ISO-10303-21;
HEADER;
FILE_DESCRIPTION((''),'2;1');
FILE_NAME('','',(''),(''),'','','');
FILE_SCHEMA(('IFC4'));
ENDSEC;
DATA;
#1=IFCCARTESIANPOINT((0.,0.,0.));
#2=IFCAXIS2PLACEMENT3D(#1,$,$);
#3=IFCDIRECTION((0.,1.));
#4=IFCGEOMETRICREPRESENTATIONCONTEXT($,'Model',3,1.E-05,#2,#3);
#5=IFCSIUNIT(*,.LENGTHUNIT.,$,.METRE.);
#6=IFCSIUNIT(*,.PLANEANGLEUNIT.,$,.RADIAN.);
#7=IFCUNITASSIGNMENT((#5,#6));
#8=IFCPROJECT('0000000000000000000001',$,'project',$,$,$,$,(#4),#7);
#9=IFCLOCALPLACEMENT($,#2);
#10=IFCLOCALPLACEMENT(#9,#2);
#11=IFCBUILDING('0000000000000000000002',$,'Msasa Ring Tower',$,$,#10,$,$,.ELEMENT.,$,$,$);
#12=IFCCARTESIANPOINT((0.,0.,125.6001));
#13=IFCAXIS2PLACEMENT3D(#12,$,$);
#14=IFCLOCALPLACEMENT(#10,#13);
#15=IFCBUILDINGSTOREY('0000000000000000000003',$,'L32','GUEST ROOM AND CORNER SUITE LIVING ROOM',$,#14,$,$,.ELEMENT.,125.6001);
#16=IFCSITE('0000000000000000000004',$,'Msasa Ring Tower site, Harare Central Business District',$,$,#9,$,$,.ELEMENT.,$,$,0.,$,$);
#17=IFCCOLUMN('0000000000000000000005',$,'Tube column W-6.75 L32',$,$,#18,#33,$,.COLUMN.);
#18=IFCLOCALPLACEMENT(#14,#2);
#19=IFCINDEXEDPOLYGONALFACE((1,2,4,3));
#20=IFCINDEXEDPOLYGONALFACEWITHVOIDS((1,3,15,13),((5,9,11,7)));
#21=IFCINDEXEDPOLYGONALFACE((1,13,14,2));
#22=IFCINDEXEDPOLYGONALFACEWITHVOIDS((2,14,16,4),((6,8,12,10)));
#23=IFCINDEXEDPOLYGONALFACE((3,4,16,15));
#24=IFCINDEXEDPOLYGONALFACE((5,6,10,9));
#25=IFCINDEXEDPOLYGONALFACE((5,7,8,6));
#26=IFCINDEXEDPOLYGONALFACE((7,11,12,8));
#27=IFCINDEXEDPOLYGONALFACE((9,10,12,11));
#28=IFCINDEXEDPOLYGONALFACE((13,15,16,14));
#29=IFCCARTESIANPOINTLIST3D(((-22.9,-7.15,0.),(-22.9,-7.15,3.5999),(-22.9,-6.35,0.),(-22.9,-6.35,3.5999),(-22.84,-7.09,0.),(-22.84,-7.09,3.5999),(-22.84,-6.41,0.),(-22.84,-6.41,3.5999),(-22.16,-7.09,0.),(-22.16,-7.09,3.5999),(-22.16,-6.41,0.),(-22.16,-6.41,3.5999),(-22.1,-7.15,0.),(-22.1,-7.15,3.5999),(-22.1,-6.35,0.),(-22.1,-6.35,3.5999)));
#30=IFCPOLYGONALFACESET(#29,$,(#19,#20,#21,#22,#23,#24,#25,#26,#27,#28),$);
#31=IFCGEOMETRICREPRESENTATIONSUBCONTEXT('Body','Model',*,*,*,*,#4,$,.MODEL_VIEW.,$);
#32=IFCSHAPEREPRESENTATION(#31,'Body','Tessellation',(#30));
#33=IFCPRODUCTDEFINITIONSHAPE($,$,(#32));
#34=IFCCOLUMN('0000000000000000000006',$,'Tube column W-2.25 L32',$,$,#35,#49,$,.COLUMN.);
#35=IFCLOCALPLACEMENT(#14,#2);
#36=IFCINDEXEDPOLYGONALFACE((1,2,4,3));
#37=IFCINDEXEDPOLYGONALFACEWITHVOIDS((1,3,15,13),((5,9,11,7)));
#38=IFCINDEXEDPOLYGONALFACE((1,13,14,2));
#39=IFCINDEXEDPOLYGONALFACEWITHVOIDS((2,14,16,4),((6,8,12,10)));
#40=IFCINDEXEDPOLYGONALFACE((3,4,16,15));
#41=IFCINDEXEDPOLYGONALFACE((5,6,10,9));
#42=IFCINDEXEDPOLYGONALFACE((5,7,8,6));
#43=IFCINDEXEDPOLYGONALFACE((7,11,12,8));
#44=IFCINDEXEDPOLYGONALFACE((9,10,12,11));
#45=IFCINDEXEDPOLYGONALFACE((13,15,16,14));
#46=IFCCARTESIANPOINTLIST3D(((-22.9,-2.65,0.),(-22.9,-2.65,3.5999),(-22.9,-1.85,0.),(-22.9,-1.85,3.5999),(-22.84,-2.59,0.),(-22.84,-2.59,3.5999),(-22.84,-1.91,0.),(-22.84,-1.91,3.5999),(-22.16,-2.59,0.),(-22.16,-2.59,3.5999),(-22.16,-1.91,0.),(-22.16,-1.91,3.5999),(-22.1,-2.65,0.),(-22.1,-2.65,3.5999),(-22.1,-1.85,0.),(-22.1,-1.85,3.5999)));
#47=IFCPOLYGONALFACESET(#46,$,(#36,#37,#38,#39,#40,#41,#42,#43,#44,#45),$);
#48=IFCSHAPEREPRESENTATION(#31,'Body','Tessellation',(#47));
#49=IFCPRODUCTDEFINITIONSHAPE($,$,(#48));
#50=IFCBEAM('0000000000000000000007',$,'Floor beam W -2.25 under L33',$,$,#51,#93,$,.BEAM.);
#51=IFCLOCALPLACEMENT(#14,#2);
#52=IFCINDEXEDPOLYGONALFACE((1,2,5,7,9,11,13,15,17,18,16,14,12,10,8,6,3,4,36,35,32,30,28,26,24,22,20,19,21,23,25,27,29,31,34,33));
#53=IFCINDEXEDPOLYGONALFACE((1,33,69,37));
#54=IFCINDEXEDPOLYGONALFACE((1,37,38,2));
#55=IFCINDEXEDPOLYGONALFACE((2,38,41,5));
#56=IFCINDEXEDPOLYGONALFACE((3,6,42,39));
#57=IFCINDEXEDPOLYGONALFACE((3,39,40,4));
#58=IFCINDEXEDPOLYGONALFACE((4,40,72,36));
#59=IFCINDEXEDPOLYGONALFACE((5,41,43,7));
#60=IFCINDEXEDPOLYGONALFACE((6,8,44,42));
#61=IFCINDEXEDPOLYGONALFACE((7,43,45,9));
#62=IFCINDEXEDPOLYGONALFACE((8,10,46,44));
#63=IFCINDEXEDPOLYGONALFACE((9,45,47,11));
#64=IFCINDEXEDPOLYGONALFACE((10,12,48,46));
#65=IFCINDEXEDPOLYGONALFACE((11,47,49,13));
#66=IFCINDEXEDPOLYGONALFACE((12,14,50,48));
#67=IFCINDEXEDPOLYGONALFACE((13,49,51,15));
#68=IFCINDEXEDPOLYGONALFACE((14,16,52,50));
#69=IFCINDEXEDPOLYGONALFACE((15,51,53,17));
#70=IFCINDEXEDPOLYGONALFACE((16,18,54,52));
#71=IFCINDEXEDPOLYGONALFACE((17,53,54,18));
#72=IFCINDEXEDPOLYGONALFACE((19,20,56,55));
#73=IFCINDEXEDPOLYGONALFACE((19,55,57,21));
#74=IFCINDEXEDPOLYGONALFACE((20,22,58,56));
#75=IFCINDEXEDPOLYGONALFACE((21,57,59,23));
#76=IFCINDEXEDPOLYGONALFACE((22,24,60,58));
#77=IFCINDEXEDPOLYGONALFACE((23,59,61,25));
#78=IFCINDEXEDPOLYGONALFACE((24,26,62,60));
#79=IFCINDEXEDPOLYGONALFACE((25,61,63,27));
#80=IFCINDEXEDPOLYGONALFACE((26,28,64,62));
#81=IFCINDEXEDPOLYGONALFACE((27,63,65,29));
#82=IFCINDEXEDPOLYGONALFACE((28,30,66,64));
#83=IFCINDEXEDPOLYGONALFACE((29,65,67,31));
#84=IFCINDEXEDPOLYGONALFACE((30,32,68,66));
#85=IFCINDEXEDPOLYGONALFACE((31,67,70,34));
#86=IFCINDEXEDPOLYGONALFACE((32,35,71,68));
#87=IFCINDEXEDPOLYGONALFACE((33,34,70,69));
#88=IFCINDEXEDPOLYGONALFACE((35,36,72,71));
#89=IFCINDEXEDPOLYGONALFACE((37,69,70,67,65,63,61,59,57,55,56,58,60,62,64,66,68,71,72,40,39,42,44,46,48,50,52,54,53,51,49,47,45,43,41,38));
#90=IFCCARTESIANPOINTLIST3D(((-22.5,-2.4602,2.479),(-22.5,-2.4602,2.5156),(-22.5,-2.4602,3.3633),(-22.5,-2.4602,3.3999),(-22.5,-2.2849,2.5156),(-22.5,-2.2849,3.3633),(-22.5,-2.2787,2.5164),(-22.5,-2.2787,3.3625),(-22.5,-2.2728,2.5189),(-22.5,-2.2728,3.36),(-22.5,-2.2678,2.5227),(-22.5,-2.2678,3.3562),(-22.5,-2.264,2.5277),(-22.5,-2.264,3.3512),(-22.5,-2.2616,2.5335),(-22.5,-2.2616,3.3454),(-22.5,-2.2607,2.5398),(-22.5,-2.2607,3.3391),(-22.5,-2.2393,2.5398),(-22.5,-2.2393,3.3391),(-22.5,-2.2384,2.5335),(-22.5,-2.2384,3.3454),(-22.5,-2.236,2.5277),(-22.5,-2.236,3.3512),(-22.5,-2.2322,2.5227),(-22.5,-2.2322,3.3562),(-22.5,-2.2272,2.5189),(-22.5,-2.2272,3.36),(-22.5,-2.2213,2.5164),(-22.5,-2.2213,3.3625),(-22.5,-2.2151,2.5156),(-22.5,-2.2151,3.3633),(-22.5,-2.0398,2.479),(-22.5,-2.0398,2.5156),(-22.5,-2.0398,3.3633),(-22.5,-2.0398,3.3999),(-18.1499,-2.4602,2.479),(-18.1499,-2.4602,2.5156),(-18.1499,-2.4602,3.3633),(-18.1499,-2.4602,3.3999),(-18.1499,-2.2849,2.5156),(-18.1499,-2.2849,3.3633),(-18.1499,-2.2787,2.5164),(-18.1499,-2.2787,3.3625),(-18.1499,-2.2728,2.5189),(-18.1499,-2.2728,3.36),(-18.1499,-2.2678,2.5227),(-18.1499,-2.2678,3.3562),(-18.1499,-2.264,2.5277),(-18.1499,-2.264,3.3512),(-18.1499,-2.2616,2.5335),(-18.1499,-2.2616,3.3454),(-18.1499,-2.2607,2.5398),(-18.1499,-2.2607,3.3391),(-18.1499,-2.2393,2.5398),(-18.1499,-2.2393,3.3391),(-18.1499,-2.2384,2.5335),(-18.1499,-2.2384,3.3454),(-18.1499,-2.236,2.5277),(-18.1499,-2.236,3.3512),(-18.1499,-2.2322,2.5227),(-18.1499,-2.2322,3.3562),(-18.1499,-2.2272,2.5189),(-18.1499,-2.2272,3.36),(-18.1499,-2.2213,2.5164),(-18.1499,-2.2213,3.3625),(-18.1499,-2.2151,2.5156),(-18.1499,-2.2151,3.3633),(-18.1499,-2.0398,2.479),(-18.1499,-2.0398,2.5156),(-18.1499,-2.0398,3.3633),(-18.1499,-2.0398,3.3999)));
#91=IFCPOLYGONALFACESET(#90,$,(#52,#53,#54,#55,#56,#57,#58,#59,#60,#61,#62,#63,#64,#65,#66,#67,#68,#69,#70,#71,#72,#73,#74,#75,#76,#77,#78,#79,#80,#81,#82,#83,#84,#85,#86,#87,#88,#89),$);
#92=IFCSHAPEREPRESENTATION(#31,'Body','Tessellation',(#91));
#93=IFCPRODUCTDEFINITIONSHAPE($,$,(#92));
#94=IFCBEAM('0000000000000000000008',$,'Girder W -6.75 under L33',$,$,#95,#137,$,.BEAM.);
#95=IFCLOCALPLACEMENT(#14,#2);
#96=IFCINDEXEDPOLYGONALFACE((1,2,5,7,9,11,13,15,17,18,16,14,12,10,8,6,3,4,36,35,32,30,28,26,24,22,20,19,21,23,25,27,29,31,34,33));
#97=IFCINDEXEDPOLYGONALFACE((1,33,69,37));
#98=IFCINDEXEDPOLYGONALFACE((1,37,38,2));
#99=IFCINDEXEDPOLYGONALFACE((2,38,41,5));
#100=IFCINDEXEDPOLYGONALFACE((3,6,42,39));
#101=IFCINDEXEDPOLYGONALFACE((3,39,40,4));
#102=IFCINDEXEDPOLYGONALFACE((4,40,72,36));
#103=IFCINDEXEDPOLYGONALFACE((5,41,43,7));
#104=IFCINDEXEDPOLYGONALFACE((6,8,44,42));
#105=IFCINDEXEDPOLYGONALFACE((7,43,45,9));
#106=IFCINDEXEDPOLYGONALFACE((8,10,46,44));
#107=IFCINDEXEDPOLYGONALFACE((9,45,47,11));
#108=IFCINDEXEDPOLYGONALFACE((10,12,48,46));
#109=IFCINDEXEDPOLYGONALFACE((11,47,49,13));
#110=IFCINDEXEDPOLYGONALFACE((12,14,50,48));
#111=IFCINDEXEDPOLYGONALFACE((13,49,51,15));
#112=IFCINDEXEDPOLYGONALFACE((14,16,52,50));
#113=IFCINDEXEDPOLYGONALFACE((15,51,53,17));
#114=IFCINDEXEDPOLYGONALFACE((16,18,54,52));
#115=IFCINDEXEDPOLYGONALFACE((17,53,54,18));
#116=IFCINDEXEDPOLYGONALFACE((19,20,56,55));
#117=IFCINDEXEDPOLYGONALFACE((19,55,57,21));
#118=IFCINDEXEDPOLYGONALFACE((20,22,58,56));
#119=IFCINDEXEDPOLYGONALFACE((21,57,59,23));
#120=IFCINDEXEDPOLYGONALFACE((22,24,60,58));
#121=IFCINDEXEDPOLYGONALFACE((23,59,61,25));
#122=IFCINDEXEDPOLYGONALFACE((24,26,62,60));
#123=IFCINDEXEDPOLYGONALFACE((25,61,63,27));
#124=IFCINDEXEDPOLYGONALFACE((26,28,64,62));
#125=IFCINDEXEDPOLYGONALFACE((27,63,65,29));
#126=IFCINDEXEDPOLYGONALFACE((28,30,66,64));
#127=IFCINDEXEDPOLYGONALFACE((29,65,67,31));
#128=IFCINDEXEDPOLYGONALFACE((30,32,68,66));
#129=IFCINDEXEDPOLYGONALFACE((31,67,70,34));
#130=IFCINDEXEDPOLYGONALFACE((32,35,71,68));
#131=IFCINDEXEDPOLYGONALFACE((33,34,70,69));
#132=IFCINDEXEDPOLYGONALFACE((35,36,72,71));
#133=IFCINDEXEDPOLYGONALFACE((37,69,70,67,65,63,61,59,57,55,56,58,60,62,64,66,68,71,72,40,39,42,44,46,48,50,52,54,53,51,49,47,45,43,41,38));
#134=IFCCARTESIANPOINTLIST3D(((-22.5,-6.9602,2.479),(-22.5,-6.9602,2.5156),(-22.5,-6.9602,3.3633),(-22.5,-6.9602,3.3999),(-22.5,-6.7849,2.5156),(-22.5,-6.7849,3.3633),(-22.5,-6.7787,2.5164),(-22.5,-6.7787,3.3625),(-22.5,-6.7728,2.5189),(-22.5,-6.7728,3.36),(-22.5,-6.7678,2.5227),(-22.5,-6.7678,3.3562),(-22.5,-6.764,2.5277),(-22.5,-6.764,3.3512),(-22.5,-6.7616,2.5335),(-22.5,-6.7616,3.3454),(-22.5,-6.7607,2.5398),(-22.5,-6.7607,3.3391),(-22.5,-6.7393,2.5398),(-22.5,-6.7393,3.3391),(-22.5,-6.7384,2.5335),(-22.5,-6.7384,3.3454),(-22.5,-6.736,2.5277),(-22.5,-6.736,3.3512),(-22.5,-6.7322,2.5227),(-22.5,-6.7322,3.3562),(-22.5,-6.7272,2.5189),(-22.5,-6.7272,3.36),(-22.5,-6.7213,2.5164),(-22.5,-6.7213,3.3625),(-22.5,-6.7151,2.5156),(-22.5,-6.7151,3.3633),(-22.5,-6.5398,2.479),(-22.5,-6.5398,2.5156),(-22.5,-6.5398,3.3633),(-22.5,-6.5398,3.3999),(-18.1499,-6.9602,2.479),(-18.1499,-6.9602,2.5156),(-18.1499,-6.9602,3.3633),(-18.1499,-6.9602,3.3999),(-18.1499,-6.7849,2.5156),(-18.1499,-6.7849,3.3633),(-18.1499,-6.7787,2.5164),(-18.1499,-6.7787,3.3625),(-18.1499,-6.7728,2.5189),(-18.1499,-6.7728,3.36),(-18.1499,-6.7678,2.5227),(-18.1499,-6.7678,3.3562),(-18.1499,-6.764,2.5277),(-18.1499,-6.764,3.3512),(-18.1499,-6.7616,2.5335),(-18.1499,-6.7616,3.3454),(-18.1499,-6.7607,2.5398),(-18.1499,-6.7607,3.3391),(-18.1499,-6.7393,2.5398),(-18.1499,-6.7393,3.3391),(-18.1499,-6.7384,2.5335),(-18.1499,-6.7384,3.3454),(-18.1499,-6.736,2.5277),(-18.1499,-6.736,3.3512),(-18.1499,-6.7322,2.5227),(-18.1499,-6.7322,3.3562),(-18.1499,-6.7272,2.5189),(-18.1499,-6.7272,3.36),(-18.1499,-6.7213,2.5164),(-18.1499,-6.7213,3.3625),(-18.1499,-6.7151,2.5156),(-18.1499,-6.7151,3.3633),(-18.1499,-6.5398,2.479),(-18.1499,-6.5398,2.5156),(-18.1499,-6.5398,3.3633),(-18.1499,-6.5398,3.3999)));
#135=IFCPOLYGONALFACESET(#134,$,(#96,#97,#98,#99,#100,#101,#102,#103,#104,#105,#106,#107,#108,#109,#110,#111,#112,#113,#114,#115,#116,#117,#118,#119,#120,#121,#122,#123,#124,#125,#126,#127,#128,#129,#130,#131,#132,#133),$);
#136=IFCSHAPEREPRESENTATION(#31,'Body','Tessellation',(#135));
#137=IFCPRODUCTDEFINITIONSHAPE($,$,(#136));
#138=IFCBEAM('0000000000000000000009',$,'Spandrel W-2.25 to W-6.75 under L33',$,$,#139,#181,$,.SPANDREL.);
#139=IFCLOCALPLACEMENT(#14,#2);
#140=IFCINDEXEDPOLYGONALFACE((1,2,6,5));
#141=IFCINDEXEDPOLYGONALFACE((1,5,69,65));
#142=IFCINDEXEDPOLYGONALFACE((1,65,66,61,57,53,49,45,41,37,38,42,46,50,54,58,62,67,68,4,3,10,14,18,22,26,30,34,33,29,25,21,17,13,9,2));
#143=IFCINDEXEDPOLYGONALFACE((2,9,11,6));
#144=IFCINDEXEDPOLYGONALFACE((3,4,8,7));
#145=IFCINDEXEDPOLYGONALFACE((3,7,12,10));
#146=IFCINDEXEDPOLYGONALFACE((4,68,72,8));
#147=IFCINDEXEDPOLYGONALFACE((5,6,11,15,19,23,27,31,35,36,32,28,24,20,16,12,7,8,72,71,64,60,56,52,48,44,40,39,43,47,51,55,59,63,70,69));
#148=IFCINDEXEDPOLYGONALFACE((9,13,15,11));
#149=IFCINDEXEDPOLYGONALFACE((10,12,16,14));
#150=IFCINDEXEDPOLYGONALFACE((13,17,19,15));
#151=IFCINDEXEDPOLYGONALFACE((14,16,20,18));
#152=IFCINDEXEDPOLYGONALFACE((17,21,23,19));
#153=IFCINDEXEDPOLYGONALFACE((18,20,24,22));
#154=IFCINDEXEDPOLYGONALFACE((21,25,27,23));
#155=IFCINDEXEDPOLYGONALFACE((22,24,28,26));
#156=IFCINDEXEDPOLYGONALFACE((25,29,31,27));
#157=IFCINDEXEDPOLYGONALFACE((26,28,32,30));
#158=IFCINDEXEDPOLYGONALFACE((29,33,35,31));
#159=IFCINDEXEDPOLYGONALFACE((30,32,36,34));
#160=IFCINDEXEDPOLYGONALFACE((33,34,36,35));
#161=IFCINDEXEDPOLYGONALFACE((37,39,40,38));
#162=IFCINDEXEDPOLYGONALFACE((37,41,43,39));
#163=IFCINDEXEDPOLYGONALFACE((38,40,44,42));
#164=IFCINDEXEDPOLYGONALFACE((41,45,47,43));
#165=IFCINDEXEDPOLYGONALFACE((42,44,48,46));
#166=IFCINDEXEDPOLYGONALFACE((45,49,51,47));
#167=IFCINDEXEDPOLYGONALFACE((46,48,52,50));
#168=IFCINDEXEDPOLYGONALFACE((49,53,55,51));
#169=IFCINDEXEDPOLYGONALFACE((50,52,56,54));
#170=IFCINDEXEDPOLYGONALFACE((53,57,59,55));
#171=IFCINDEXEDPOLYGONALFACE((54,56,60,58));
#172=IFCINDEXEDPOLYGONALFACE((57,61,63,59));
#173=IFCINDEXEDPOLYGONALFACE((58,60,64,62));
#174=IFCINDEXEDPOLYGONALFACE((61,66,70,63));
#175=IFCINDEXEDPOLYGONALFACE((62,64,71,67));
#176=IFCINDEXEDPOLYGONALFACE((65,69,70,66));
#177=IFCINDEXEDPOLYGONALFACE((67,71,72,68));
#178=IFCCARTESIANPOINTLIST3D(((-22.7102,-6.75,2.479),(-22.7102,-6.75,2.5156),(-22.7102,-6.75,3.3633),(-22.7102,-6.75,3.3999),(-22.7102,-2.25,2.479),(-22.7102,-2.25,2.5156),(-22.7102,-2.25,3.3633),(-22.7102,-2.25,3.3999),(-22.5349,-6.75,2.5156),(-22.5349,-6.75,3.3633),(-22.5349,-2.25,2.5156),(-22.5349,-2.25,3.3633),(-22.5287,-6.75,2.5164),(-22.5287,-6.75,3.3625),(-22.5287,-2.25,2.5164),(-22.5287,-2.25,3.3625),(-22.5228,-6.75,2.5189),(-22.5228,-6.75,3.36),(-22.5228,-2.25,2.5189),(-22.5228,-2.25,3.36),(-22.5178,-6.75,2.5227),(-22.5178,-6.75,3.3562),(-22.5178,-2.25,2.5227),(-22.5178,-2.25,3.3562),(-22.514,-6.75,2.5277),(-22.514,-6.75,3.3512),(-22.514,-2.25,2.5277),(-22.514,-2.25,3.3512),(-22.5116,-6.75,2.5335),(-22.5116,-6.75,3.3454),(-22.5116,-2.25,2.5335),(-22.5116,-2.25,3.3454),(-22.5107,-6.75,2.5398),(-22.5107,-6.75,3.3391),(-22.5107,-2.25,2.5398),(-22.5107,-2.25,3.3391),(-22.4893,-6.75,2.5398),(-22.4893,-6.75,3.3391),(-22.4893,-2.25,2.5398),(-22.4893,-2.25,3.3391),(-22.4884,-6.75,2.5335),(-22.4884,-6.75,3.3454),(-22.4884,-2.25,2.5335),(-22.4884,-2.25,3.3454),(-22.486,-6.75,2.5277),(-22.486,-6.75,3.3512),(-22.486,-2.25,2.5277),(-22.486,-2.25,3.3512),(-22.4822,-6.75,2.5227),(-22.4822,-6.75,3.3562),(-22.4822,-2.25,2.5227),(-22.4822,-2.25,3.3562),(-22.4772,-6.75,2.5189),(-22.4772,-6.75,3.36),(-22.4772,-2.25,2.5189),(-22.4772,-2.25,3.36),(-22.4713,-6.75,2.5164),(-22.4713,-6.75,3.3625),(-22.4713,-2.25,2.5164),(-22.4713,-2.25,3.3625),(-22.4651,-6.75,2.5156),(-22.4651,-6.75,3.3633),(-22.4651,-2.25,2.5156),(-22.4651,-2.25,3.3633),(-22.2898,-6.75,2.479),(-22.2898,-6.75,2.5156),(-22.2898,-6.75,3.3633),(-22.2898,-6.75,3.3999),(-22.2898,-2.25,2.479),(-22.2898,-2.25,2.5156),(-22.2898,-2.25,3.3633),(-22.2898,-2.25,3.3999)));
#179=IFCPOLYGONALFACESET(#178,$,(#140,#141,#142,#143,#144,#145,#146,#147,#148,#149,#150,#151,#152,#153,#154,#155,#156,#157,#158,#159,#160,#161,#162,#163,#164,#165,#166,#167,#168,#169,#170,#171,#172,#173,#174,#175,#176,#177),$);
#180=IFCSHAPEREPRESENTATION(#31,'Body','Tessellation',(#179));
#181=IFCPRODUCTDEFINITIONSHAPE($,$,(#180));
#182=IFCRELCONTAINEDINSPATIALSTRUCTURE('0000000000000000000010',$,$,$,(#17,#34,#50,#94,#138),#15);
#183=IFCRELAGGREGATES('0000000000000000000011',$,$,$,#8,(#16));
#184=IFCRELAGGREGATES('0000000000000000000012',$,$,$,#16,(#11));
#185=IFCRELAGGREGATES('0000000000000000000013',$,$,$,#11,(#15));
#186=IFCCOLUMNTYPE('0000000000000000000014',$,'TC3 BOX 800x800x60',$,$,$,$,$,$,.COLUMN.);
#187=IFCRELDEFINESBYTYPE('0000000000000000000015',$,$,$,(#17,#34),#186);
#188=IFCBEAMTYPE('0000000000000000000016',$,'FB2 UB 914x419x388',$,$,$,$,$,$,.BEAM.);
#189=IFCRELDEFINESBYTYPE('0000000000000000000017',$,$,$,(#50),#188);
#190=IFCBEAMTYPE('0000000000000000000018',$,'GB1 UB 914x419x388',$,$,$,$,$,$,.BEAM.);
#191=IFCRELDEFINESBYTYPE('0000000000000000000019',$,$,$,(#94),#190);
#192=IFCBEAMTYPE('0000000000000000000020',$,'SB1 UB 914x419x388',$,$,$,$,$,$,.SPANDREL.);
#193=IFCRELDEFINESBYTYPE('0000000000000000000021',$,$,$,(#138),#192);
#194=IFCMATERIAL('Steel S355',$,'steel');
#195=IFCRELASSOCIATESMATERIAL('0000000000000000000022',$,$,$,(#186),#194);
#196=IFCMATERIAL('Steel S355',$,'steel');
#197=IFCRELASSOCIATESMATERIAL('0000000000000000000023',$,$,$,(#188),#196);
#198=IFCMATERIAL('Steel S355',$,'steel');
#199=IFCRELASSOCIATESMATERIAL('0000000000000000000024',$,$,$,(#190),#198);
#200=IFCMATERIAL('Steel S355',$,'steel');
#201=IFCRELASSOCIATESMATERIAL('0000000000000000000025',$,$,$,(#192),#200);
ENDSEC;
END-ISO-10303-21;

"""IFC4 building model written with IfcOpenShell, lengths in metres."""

from ifc_helpers import new_model, si_unit, direction, frame, origin, origin_2d, place, context, subcontext, project, spatial, hollow_rectangle, i_section, extrude, material, material_profile, profile_set, type_object, element, save


model = new_model("IFC4")

# Units and contexts
model_context = context("Model", 3, precision=1e-05, world=origin(), true_north=direction((0.0, 1.0)))
body_context = subcontext(model_context, "Body", "Model", "MODEL_VIEW")
ifc_project = project(units=[si_unit("LENGTHUNIT", "METRE"), si_unit("PLANEANGLEUNIT", "RADIAN")], contexts=[model_context])

# Site, building, storey
site_placement = place(None, origin())
site = spatial("IfcSite", under=ifc_project, at=site_placement, Name="Msasa Ring Tower site, Harare Central Business District", CompositionType="ELEMENT", RefElevation=0.0)
building_placement = place(site_placement, origin())
building = spatial("IfcBuilding", under=site, at=building_placement, Name="Msasa Ring Tower", CompositionType="ELEMENT")
storey_placement = place(building_placement, frame((0.0, 0.0, 125.6001)))
storey = spatial("IfcBuildingStorey", under=building, at=storey_placement, Name="L32", Description="GUEST ROOM AND CORNER SUITE LIVING ROOM", CompositionType="ELEMENT", Elevation=125.6001)

# Columns
ifc_material_1 = material(Name="Steel S355", Category="steel")
ifc_material_profile_1 = material_profile(ifc_material_1, hollow_rectangle(XDim=0.8, YDim=0.8, WallThickness=0.0601, at=origin_2d()), Name="BOX 800x800x60")
ifc_profile_set_1 = profile_set([ifc_material_profile_1], Name="Steel S355")
column_type = type_object("IfcColumnType", Name="TC3 BOX 800x800x60", PredefinedType="COLUMN", material=ifc_profile_set_1)
for number, where, z_axis, x_axis, name in (
    (1, (-22.5, -6.75, 0.0), (0.0, 0.0, 1.0), (1.0, 0.0, 0.0), "Tube column W-6.75 L32"),
    (2, (-22.5, -2.25, 0.0), (0.0, 0.0, 1.0), (1.0, 0.0, 0.0), "Tube column W-2.25 L32"),
):
    element("IfcColumn", number, at=place(storey_placement, frame(where, z_axis=z_axis, x_axis=x_axis)), inside=storey, type_object=column_type, Name=name, PredefinedType="COLUMN", context=body_context, shape_type="SweptSolid", body=[
        extrude(hollow_rectangle(XDim=0.8, YDim=0.8, WallThickness=0.0601, at=origin_2d()), origin(), (0.0, 0.0, 1.0), 3.5999),
    ])

# Beams
ifc_material_2 = material(Name="Steel S355", Category="steel")
ifc_material_profile_2 = material_profile(ifc_material_2, i_section(OverallWidth=0.4204, OverallDepth=0.9209, WebThickness=0.0215, FlangeThickness=0.0366, FilletRadius=0.0242, at=origin_2d()), Name="UB 914x419x388")
ifc_profile_set_2 = profile_set([ifc_material_profile_2], Name="Steel S355")
beam_type_1 = type_object("IfcBeamType", Name="FB2 UB 914x419x388", PredefinedType="BEAM", material=ifc_profile_set_2)
beam_1_placement = place(storey_placement, frame((-22.5, -2.25, 2.9395), z_axis=(1.0, 0.0, 0.0), x_axis=(0.0, 1.0, 0.0)))
element("IfcBeam", 3, at=beam_1_placement, inside=storey, type_object=beam_type_1, Name="Floor beam W -2.25 under L33", PredefinedType="BEAM", context=body_context, shape_type="SweptSolid", body=[
    extrude(i_section(OverallWidth=0.4204, OverallDepth=0.9209, WebThickness=0.0215, FlangeThickness=0.0366, FilletRadius=0.0242, at=origin_2d()), origin(), (0.0, 0.0, 1.0), 4.3501),
])
ifc_material_3 = material(Name="Steel S355", Category="steel")
ifc_material_profile_3 = material_profile(ifc_material_3, i_section(OverallWidth=0.4204, OverallDepth=0.9209, WebThickness=0.0215, FlangeThickness=0.0366, FilletRadius=0.0242, at=origin_2d()), Name="UB 914x419x388")
ifc_profile_set_3 = profile_set([ifc_material_profile_3], Name="Steel S355")
beam_type_2 = type_object("IfcBeamType", Name="GB1 UB 914x419x388", PredefinedType="BEAM", material=ifc_profile_set_3)
beam_2_placement = place(storey_placement, frame((-18.1499, -6.75, 2.9395), z_axis=(-1.0, 0.0, 0.0), x_axis=(0.0, -1.0, 0.0)))
element("IfcBeam", 4, at=beam_2_placement, inside=storey, type_object=beam_type_2, Name="Girder W -6.75 under L33", PredefinedType="BEAM", context=body_context, shape_type="SweptSolid", body=[
    extrude(i_section(OverallWidth=0.4204, OverallDepth=0.9209, WebThickness=0.0215, FlangeThickness=0.0366, FilletRadius=0.0242, at=origin_2d()), origin(), (0.0, 0.0, 1.0), 4.3501),
])
ifc_material_4 = material(Name="Steel S355", Category="steel")
ifc_material_profile_4 = material_profile(ifc_material_4, i_section(OverallWidth=0.4204, OverallDepth=0.9209, WebThickness=0.0215, FlangeThickness=0.0366, FilletRadius=0.0242, at=origin_2d()), Name="UB 914x419x388")
ifc_profile_set_4 = profile_set([ifc_material_profile_4], Name="Steel S355")
beam_type_3 = type_object("IfcBeamType", Name="SB1 UB 914x419x388", PredefinedType="SPANDREL", material=ifc_profile_set_4)
for number, where, z_axis, x_axis, name in (
    (5, (-22.5, -2.25, 2.9395), (0.0, -1.0, 0.0), (1.0, 0.0, 0.0), "Spandrel W-2.25 to W-6.75 under L33"),
):
    element("IfcBeam", number, at=place(storey_placement, frame(where, z_axis=z_axis, x_axis=x_axis)), inside=storey, type_object=beam_type_3, Name=name, PredefinedType="SPANDREL", context=body_context, shape_type="SweptSolid", body=[
        extrude(i_section(OverallWidth=0.4204, OverallDepth=0.9209, WebThickness=0.0215, FlangeThickness=0.0366, FilletRadius=0.0242, at=origin_2d()), origin(), (0.0, 0.0, 1.0), 4.5),
    ])

save(model, "model.ifc")
